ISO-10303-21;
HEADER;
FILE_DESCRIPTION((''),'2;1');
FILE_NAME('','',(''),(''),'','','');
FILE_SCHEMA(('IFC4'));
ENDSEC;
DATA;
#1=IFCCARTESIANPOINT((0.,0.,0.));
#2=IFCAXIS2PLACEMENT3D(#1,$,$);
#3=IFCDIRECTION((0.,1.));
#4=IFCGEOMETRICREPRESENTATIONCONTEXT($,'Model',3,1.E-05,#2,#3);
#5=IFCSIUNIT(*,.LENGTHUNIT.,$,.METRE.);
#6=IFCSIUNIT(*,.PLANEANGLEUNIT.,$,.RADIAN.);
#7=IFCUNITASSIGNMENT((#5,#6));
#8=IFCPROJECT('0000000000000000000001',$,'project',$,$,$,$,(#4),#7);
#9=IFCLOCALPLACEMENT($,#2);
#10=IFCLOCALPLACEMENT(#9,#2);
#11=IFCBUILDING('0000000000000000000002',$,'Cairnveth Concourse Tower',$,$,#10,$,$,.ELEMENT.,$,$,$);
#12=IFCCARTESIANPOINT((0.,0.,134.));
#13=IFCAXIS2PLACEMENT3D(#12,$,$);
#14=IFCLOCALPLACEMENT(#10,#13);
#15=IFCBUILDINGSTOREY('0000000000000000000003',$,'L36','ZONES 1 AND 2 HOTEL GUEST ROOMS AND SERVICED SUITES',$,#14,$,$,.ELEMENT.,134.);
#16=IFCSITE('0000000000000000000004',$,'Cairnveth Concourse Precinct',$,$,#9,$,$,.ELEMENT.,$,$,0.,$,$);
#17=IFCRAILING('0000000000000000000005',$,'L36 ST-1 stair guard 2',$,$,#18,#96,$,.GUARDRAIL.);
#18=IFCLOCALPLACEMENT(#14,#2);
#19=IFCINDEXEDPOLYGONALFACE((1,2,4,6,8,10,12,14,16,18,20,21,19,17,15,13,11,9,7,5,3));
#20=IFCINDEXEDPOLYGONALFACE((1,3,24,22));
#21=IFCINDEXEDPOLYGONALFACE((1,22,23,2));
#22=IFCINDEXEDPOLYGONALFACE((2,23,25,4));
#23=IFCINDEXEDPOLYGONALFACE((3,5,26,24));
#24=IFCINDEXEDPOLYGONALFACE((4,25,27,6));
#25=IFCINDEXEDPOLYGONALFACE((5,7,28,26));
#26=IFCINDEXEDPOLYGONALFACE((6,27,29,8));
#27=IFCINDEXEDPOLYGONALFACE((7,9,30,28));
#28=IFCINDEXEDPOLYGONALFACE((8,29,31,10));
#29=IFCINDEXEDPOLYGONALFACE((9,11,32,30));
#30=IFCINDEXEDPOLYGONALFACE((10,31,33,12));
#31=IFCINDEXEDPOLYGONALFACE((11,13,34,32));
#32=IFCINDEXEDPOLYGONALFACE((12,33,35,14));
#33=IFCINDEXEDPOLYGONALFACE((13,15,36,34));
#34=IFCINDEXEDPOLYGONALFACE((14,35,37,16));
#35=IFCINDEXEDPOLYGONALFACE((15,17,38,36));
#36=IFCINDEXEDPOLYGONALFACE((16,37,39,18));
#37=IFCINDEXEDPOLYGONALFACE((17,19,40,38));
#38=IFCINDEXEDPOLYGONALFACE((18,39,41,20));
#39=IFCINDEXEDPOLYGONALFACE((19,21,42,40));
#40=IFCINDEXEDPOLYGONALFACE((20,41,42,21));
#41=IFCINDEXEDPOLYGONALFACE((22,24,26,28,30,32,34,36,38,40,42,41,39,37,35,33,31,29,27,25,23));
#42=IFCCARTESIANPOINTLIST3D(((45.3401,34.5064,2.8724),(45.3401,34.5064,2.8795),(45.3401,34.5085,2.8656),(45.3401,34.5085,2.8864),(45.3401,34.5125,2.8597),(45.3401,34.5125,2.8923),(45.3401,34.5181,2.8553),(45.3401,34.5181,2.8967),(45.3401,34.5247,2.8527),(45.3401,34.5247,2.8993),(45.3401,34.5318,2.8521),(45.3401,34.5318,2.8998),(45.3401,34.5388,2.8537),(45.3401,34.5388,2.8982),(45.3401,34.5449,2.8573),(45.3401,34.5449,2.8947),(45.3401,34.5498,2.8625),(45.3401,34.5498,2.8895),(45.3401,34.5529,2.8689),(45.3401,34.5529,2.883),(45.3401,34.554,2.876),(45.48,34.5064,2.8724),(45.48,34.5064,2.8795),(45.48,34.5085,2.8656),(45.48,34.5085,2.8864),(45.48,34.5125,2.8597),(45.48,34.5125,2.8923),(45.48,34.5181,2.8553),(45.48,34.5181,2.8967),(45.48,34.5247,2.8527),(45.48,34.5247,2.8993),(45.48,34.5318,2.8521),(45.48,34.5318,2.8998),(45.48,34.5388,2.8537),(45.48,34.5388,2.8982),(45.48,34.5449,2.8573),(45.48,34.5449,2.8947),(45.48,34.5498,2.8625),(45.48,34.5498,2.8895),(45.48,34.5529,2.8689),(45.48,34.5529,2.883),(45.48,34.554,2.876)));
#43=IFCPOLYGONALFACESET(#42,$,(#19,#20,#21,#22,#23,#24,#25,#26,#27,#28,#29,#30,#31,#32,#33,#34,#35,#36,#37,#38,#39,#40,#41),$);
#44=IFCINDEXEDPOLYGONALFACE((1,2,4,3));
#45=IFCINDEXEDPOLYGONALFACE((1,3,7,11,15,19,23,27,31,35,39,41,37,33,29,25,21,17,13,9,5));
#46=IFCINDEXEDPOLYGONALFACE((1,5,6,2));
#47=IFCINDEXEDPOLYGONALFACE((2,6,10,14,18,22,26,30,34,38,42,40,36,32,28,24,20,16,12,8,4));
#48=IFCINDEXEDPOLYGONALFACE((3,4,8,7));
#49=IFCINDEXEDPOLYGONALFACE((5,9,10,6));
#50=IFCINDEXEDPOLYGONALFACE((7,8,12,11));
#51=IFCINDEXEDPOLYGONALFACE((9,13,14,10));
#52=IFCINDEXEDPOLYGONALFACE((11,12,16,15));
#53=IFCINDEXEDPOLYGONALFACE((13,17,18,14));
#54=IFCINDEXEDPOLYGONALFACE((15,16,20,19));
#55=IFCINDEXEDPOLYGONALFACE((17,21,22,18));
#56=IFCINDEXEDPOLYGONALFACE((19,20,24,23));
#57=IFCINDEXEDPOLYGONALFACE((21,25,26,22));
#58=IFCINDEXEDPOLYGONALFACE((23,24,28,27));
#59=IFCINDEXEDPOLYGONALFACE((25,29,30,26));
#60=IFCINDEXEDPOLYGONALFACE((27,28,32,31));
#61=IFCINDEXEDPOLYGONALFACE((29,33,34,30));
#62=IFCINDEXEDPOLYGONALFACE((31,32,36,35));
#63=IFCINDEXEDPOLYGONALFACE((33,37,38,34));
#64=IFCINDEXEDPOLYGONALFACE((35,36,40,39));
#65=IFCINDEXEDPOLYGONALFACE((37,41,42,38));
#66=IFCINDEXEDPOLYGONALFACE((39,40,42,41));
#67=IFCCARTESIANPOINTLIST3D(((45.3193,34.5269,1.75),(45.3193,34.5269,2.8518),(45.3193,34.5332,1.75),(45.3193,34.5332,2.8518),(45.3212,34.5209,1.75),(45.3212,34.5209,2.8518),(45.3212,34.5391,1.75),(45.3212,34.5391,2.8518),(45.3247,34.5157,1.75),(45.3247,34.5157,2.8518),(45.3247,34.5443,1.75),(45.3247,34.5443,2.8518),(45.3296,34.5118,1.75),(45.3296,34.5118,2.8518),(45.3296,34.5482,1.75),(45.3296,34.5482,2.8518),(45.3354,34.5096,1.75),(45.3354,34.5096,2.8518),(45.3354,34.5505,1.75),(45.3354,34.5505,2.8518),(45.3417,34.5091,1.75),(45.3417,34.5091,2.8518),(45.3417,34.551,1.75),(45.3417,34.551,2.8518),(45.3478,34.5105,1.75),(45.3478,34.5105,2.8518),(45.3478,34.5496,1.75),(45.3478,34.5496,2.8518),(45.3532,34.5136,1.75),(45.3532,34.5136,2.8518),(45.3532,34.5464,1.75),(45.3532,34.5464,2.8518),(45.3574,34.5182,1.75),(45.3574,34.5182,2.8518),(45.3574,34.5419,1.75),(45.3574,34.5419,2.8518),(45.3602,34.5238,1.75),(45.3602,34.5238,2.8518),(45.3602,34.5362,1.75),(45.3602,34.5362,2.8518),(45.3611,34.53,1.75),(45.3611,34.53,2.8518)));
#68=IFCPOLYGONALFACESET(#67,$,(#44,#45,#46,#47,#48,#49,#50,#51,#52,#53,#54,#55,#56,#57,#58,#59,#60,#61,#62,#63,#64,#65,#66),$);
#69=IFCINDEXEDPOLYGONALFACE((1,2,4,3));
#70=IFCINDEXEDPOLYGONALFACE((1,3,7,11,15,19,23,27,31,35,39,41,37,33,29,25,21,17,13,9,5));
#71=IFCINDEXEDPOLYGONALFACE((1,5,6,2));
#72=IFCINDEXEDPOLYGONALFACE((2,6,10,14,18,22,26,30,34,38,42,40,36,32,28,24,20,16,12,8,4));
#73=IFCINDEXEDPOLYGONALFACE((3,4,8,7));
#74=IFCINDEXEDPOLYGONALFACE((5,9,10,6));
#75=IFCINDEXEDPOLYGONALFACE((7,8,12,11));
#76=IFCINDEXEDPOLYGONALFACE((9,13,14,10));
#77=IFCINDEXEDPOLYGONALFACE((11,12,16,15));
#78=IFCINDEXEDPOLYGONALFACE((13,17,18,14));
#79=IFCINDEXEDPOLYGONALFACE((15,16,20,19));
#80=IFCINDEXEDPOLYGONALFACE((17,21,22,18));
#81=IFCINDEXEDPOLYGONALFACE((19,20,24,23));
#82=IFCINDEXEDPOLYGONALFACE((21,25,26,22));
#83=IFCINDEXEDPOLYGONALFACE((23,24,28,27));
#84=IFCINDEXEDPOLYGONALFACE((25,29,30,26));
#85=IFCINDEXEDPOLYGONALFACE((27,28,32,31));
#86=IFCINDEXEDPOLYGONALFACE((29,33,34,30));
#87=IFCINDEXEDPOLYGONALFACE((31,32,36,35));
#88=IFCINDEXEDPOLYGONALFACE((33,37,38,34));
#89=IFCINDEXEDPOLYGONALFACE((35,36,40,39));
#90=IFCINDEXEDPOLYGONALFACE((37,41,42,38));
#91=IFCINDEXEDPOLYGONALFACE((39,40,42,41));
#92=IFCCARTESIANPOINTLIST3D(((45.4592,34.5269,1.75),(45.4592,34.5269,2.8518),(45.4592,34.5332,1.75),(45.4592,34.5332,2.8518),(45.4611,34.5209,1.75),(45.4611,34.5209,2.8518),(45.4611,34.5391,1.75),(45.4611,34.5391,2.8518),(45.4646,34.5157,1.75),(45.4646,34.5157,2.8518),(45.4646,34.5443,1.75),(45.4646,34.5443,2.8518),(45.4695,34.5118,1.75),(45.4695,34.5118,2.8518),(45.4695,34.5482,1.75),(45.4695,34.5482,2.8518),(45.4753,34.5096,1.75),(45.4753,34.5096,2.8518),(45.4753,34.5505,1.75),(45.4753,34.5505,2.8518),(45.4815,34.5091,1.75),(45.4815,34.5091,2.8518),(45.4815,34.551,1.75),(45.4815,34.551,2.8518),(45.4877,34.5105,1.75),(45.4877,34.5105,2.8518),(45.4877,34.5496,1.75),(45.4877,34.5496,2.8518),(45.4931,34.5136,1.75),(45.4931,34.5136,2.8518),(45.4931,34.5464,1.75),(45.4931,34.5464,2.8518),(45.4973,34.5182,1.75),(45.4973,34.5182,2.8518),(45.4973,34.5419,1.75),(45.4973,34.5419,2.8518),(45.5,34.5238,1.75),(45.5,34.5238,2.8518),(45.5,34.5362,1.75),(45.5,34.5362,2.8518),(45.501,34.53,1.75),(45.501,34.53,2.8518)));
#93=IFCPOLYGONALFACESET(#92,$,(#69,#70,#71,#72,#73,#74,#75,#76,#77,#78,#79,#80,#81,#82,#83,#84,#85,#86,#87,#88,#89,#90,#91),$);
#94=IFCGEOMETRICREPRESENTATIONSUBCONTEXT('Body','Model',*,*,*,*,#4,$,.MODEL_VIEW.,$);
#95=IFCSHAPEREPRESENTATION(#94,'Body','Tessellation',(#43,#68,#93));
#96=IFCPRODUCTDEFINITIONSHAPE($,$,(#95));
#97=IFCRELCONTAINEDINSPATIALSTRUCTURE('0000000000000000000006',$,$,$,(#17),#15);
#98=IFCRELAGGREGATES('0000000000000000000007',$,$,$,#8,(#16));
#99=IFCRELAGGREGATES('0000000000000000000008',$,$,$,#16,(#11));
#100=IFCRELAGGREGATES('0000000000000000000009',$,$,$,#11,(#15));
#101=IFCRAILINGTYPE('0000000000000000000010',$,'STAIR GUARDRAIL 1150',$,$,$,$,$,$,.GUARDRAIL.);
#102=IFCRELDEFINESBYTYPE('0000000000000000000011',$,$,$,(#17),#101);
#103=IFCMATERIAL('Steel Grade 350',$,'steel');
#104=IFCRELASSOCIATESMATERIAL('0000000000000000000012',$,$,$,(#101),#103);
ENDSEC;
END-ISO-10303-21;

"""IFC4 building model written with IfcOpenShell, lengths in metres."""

from ifc_helpers import new_model, si_unit, direction, frame, origin, origin_2d, place, context, subcontext, project, spatial, circle, extrude, material, type_object, element, save


model = new_model("IFC4")

# Units and contexts
model_context = context("Model", 3, precision=1e-05, world=origin(), true_north=direction((0.0, 1.0)))
body_context = subcontext(model_context, "Body", "Model", "MODEL_VIEW")
ifc_project = project(units=[si_unit("LENGTHUNIT", "METRE"), si_unit("PLANEANGLEUNIT", "RADIAN")], contexts=[model_context])

# Site, building, storey
site_placement = place(None, origin())
site = spatial("IfcSite", under=ifc_project, at=site_placement, Name="Cairnveth Concourse Precinct", CompositionType="ELEMENT", RefElevation=0.0)
building_placement = place(site_placement, origin())
building = spatial("IfcBuilding", under=site, at=building_placement, Name="Cairnveth Concourse Tower", CompositionType="ELEMENT")
storey_placement = place(building_placement, frame((0.0, 0.0, 134.0)))
storey = spatial("IfcBuildingStorey", under=building, at=storey_placement, Name="L36", Description="ZONES 1 AND 2 HOTEL GUEST ROOMS AND SERVICED SUITES", CompositionType="ELEMENT", Elevation=134.0)

# Shared definitions
ifc_material_1 = material(Name="Steel Grade 350", Category="steel")

# Railing
railing_type_1 = type_object("IfcRailingType", Name="STAIR GUARDRAIL 1150", PredefinedType="GUARDRAIL", material=ifc_material_1)
railing_1_placement = place(storey_placement, frame((45.3401, 34.53, 1.75)))
element("IfcRailing", 1, at=railing_1_placement, inside=storey, type_object=railing_type_1, Name="L36 ST-1 stair guard 2", PredefinedType="GUARDRAIL", context=body_context, shape_type="SweptSolid", body=[
    extrude(circle(Radius=0.0239, at=origin_2d()), frame((0.0, 0.0, 1.126), z_axis=(1.0, 0.0, 0.0), x_axis=(0.0, 1.0, 0.0)), (0.0, 0.0, 1.0), 0.1399),
    extrude(circle(Radius=0.021, at=origin_2d()), origin(), (0.0, 0.0, 1.0), 1.1018),
    extrude(circle(Radius=0.021, at=origin_2d()), frame((0.1399, 0.0, 0.0)), (0.0, 0.0, 1.0), 1.1018),
])

save(model, "model.ifc")
